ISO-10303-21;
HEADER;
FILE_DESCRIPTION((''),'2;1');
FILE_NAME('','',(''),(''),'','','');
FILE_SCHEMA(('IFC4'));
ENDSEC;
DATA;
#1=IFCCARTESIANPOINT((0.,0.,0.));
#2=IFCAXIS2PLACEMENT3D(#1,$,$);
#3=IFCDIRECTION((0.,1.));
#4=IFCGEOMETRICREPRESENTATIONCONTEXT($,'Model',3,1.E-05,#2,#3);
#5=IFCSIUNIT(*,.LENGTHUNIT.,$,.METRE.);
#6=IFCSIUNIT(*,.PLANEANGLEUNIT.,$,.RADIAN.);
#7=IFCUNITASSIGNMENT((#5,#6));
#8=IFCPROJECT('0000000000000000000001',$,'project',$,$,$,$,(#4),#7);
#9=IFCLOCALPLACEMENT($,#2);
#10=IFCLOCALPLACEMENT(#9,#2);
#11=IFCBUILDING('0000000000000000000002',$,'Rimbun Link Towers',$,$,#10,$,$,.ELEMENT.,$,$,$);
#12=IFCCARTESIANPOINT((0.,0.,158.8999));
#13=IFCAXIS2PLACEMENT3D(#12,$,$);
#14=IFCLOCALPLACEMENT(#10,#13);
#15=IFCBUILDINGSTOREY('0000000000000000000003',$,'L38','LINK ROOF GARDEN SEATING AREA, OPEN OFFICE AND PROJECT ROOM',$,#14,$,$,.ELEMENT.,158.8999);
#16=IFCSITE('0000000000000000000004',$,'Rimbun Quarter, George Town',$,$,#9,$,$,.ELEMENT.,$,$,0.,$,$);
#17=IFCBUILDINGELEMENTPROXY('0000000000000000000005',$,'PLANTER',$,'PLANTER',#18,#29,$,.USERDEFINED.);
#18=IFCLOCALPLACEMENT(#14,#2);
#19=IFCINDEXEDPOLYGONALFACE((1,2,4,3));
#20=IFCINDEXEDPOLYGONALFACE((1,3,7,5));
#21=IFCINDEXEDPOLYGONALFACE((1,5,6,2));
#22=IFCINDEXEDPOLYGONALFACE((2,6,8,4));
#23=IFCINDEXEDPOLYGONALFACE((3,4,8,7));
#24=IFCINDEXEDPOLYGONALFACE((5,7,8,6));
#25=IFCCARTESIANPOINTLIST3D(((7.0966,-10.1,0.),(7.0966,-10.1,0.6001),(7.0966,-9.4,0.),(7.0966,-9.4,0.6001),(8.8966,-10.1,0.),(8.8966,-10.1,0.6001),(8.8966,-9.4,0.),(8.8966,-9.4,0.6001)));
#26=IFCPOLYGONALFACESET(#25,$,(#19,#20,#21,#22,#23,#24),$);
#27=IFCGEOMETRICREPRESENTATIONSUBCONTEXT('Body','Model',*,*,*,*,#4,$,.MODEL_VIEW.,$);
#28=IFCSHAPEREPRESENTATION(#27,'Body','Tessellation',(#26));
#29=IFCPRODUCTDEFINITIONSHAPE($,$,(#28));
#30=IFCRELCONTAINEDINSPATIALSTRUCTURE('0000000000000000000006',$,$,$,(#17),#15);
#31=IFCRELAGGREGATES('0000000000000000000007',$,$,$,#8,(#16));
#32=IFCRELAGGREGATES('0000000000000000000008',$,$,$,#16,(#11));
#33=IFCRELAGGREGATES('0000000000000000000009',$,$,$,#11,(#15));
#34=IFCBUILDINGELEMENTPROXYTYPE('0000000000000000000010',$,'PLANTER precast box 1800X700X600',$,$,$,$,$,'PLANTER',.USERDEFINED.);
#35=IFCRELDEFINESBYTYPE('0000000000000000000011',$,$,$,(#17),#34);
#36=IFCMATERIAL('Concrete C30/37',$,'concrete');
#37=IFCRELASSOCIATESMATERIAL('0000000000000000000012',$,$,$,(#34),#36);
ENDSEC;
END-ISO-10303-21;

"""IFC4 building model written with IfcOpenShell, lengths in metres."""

from ifc_helpers import new_model, si_unit, direction, frame, origin, origin_2d, place, context, subcontext, project, spatial, rectangle, extrude, material, type_object, element, save


model = new_model("IFC4")

# Units and contexts
model_context = context("Model", 3, precision=1e-05, world=origin(), true_north=direction((0.0, 1.0)))
body_context = subcontext(model_context, "Body", "Model", "MODEL_VIEW")
ifc_project = project(units=[si_unit("LENGTHUNIT", "METRE"), si_unit("PLANEANGLEUNIT", "RADIAN")], contexts=[model_context])

# Site, building, storey
site_placement = place(None, origin())
site = spatial("IfcSite", under=ifc_project, at=site_placement, Name="Rimbun Quarter, George Town", CompositionType="ELEMENT", RefElevation=0.0)
building_placement = place(site_placement, origin())
building = spatial("IfcBuilding", under=site, at=building_placement, Name="Rimbun Link Towers", CompositionType="ELEMENT")
storey_placement = place(building_placement, frame((0.0, 0.0, 158.8999)))
storey = spatial("IfcBuildingStorey", under=building, at=storey_placement, Name="L38", Description="LINK ROOF GARDEN SEATING AREA, OPEN OFFICE AND PROJECT ROOM", CompositionType="ELEMENT", Elevation=158.8999)

# Building element proxy
ifc_material_1 = material(Name="Concrete C30/37", Category="concrete")
building_element_proxy_type = type_object("IfcBuildingElementProxyType", Name="PLANTER precast box 1800X700X600", ElementType="PLANTER", PredefinedType="USERDEFINED", material=ifc_material_1)
proxy_placement = place(storey_placement, frame((7.9966, -9.75, 0.0), z_axis=(0.0, 0.0, 1.0), x_axis=(1.0, 0.0, 0.0)))
element("IfcBuildingElementProxy", 1, at=proxy_placement, inside=storey, type_object=building_element_proxy_type, Name="PLANTER", ObjectType="PLANTER", PredefinedType="USERDEFINED", context=body_context, shape_type="SweptSolid", body=[
    extrude(rectangle(XDim=1.8, YDim=0.7, at=origin_2d()), origin(), (0.0, 0.0, 1.0), 0.6001),
])

save(model, "model.ifc")
